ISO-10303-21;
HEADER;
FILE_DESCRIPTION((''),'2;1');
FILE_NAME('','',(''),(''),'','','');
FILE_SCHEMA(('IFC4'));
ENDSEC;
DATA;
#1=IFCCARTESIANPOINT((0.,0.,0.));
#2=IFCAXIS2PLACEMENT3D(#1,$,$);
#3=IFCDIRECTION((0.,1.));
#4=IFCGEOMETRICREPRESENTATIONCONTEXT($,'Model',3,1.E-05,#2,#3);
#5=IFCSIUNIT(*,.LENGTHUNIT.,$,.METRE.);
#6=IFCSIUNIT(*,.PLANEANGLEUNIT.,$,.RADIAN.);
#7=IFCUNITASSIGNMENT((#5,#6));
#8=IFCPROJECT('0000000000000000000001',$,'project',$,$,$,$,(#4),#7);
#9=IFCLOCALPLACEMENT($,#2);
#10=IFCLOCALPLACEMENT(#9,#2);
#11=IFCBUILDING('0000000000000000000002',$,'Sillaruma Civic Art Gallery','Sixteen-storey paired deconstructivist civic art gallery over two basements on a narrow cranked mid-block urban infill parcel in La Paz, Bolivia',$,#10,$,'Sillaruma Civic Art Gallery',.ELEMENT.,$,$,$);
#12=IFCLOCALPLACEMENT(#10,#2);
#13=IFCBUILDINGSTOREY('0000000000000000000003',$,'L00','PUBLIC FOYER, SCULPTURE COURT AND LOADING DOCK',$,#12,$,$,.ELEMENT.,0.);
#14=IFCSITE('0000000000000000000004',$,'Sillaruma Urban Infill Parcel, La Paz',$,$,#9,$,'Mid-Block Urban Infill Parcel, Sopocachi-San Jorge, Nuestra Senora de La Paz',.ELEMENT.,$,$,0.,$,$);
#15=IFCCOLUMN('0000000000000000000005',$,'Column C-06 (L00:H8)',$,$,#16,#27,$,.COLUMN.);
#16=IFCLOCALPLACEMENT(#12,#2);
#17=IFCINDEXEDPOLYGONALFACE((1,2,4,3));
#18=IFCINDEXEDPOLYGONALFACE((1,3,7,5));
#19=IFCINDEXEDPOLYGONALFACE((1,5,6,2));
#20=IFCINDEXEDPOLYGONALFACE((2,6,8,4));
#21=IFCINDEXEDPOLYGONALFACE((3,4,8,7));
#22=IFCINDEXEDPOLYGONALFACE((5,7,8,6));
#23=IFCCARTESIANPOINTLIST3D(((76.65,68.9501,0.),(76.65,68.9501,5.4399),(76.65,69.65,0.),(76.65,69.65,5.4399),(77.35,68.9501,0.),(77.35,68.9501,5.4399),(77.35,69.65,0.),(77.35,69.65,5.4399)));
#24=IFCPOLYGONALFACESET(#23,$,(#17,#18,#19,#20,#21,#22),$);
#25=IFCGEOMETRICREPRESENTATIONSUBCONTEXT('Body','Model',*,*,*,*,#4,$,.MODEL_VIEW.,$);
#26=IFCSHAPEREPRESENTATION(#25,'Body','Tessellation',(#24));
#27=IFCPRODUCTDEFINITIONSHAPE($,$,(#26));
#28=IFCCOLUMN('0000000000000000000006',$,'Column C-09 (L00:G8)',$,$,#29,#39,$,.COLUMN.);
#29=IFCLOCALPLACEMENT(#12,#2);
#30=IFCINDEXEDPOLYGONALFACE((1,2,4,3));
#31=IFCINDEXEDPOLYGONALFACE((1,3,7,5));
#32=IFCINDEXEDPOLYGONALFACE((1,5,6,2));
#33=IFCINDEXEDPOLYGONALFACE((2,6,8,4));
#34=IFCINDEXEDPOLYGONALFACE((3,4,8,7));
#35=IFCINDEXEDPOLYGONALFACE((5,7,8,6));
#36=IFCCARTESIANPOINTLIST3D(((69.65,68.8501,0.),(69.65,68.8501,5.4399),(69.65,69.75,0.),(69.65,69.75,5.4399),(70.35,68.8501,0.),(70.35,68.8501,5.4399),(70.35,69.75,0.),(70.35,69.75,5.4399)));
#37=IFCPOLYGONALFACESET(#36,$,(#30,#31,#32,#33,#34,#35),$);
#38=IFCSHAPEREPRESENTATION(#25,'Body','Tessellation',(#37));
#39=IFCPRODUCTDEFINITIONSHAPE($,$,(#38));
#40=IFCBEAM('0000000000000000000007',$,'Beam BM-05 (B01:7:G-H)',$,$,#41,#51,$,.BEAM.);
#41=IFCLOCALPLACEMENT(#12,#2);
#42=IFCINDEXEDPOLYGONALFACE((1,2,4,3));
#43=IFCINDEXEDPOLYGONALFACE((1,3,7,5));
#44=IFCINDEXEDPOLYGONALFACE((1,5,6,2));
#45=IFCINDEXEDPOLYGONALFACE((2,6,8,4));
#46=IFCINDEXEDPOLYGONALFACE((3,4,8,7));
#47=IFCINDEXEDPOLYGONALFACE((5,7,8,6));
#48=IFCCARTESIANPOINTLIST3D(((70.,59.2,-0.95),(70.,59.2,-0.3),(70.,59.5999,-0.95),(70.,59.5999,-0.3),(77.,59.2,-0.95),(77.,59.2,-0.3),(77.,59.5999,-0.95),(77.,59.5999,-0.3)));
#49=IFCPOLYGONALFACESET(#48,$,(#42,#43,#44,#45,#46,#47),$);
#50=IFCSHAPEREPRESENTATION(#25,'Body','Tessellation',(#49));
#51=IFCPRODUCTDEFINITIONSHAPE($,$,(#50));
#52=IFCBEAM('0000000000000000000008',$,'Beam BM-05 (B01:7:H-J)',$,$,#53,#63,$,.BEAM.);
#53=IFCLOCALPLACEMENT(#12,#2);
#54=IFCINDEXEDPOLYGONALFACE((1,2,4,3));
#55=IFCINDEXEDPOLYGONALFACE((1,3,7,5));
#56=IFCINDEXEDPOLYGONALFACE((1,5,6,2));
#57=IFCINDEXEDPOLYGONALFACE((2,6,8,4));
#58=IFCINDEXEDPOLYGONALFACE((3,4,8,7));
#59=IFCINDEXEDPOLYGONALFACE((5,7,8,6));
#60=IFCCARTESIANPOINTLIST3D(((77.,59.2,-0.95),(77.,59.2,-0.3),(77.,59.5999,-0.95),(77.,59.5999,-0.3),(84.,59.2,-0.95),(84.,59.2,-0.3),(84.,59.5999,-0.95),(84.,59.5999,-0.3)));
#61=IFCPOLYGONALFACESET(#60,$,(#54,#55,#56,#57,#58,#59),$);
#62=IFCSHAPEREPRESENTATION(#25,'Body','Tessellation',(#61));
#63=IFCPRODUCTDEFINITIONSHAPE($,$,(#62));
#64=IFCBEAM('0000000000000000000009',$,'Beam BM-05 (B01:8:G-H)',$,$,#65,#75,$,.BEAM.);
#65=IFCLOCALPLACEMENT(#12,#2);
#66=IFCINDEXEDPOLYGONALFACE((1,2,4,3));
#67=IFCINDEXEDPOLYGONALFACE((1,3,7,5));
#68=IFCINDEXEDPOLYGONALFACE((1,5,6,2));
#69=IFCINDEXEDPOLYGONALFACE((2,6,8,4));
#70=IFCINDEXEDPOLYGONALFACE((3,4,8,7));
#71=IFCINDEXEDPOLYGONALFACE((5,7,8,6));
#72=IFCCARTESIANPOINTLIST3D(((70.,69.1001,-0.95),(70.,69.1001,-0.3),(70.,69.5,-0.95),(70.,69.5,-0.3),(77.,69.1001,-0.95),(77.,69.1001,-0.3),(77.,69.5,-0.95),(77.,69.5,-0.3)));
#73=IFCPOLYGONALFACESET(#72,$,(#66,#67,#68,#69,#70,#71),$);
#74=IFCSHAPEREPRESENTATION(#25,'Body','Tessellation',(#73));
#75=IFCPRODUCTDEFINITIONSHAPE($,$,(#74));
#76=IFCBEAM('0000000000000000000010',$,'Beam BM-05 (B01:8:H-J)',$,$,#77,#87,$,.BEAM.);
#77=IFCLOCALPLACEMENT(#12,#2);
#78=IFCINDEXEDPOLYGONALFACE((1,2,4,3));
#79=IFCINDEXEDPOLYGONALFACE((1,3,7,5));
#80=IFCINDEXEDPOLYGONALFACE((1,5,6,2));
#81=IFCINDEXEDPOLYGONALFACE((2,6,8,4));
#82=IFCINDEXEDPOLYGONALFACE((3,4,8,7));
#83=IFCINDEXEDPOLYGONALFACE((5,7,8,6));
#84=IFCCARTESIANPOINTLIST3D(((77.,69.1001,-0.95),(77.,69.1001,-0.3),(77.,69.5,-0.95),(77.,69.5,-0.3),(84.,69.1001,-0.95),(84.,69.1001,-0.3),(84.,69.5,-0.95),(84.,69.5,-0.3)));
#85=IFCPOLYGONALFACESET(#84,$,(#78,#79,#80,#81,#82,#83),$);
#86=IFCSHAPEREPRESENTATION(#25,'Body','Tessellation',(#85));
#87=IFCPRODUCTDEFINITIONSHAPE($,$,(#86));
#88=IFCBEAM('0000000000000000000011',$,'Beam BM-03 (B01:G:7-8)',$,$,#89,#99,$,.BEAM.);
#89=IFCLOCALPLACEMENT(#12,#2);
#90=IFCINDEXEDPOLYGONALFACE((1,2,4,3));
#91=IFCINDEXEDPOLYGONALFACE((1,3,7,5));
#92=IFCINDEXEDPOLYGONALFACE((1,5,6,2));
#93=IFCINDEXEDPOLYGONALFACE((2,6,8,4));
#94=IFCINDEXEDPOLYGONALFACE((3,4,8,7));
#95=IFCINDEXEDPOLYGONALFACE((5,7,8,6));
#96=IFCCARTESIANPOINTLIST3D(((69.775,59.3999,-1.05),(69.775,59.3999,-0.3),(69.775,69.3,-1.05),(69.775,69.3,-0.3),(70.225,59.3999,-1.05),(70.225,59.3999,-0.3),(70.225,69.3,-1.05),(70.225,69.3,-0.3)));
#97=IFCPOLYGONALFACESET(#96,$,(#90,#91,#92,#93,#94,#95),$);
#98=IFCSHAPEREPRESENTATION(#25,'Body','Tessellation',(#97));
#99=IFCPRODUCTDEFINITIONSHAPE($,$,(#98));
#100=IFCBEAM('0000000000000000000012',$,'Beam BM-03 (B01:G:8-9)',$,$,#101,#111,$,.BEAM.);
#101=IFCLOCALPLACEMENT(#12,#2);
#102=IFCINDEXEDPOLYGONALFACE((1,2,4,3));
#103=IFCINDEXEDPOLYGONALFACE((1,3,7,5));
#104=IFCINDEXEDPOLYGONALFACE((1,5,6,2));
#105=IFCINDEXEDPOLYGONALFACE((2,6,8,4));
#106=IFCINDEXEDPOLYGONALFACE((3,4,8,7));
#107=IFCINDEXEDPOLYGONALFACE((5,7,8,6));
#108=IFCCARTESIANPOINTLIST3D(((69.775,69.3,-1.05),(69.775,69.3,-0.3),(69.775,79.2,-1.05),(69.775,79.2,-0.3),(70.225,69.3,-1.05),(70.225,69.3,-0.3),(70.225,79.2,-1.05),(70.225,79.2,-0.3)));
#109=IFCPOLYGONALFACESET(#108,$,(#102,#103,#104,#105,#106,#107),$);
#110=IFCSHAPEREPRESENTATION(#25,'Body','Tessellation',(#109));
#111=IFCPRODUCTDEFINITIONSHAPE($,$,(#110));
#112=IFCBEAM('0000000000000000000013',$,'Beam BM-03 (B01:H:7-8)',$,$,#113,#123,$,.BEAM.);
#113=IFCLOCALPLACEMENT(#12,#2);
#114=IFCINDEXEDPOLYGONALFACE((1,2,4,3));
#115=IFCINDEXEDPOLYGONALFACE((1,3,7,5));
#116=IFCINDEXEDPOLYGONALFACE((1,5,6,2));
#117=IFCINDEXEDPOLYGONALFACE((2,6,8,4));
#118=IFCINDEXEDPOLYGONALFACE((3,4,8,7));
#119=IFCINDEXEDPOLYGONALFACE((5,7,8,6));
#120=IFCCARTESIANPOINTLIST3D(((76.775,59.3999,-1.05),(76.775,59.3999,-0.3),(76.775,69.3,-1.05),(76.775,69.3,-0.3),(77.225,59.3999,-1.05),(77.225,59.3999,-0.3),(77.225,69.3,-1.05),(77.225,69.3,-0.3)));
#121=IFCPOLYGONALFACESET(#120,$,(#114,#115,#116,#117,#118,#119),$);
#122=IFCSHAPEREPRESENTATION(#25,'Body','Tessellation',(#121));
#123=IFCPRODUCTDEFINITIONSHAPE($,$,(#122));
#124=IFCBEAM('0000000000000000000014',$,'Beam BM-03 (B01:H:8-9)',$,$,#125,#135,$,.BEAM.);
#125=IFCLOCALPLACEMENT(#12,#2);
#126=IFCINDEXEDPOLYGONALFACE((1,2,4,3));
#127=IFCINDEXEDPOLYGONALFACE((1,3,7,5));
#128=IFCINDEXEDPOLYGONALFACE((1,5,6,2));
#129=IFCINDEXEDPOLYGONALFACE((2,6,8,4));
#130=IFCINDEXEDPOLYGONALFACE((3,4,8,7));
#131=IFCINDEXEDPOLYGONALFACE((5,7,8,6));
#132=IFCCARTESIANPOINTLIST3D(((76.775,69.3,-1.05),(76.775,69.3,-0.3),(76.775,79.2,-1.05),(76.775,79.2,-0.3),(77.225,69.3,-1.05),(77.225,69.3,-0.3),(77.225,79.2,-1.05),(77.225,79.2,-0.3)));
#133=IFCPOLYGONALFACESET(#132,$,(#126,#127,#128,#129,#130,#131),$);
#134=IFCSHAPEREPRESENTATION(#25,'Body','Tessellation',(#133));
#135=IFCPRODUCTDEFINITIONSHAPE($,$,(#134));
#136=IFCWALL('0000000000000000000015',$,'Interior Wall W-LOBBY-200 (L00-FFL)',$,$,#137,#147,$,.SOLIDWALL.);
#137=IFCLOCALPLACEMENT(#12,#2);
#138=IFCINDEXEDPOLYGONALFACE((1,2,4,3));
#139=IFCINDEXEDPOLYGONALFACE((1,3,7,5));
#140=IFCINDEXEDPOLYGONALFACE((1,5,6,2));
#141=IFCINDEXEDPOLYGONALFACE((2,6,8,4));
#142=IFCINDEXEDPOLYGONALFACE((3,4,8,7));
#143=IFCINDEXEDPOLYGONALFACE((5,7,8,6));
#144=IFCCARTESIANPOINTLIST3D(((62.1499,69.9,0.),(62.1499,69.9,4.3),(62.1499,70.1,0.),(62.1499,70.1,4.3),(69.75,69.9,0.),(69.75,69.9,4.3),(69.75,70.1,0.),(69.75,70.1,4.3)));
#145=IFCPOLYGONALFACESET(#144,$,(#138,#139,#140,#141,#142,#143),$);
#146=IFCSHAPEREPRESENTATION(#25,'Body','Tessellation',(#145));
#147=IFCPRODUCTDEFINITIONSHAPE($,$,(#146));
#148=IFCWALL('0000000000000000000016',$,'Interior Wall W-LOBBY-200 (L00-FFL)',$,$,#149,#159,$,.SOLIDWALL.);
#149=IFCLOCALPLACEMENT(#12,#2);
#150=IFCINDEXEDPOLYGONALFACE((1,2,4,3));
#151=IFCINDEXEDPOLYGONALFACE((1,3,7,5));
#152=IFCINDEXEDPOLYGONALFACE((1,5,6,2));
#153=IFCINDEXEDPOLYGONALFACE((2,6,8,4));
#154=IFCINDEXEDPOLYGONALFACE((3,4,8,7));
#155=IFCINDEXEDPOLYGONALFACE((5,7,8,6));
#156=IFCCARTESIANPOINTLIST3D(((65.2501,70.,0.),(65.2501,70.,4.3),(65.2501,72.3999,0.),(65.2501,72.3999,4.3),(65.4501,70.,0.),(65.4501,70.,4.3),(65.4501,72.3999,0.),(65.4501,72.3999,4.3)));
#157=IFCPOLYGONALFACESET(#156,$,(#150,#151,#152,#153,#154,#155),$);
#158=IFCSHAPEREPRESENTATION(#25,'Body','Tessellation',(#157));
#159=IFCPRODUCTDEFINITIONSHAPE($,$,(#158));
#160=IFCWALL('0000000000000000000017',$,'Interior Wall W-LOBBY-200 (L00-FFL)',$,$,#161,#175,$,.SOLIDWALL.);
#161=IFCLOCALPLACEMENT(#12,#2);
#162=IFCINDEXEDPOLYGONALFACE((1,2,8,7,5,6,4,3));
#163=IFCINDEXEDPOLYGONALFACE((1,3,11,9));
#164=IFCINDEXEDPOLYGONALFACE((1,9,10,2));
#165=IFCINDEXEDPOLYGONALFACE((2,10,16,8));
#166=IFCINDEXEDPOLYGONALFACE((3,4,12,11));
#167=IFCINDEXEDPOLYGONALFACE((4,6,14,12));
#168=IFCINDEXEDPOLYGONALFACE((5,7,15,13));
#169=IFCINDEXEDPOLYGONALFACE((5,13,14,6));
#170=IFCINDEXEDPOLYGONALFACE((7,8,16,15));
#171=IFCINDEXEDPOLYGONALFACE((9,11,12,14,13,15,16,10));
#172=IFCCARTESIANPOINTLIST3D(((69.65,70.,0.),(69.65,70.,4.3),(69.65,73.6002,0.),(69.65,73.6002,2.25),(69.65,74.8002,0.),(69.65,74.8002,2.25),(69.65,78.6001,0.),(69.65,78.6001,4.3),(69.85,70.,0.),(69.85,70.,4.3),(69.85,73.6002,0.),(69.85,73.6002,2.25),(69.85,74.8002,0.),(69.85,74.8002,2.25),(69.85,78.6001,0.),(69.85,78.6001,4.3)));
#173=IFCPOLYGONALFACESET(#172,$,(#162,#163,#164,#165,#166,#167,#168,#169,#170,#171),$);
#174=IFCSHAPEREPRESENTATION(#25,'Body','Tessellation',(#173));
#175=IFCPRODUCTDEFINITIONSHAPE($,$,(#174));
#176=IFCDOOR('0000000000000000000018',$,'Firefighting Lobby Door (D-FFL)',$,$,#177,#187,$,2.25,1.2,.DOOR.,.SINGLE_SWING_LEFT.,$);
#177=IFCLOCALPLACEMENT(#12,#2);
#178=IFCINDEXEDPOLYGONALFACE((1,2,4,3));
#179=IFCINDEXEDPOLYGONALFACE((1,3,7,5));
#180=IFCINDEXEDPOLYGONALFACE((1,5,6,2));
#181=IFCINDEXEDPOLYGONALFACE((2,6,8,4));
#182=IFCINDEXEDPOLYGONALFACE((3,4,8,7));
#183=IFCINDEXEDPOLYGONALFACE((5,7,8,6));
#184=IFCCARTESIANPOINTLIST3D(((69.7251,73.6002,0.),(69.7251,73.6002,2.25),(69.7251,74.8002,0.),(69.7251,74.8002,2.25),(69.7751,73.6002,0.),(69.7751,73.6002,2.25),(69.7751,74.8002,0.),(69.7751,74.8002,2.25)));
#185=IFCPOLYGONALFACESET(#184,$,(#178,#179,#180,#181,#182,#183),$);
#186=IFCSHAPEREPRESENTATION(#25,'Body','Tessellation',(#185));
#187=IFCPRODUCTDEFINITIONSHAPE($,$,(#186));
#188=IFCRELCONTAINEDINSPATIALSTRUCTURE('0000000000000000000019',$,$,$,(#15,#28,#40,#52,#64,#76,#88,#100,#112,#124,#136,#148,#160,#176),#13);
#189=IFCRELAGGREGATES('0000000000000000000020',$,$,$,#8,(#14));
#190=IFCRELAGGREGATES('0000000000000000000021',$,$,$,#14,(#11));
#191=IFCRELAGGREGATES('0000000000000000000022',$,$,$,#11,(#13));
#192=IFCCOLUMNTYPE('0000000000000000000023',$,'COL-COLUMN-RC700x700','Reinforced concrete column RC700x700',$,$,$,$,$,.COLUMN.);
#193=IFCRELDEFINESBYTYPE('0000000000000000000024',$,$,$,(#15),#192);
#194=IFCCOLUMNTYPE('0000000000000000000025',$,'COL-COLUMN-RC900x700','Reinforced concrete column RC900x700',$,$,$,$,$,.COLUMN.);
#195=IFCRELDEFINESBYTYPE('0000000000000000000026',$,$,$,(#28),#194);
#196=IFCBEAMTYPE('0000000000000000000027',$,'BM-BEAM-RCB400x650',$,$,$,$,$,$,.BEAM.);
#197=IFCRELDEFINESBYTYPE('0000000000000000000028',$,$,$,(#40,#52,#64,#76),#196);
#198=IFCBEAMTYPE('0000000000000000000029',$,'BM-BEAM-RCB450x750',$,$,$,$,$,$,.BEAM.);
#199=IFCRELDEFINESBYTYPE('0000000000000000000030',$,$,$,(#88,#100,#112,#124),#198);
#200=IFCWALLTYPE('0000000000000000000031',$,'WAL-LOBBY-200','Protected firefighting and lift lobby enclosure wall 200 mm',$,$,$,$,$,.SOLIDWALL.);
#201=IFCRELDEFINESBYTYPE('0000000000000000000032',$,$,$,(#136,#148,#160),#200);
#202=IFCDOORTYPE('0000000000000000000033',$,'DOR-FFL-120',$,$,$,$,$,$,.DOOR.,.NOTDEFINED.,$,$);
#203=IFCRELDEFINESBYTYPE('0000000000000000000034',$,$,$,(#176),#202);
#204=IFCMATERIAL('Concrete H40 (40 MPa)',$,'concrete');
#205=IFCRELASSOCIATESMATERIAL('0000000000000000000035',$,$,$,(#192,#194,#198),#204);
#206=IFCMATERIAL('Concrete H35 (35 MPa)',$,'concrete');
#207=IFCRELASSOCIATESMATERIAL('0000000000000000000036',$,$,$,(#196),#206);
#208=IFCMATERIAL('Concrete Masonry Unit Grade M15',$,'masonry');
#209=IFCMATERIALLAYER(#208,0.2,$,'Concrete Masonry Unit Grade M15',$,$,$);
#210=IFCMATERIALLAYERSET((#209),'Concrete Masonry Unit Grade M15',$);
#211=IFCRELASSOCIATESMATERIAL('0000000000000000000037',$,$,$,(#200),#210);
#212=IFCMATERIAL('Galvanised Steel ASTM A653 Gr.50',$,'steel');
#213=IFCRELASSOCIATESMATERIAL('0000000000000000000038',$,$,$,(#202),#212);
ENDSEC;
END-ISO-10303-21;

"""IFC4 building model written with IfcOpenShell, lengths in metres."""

from ifc_helpers import new_model, si_unit, direction, frame, frame_2d, origin, origin_2d, place, context, subcontext, project, spatial, rectangle, extrude, material, layer, layer_set, material_profile, profile_set, type_object, element, fill, save


model = new_model("IFC4")

# Units and contexts
model_context = context("Model", 3, precision=1e-05, world=origin(), true_north=direction((0.0, 1.0)))
body_context = subcontext(model_context, "Body", "Model", "MODEL_VIEW")
ifc_project = project(units=[si_unit("LENGTHUNIT", "METRE"), si_unit("PLANEANGLEUNIT", "RADIAN")], contexts=[model_context])

# Site, building, storey
site_placement = place(None, origin())
site = spatial("IfcSite", under=ifc_project, at=site_placement, Name="Sillaruma Urban Infill Parcel, La Paz", LongName="Mid-Block Urban Infill Parcel, Sopocachi-San Jorge, Nuestra Senora de La Paz", CompositionType="ELEMENT", RefElevation=0.0)
building_placement = place(site_placement, origin())
building = spatial("IfcBuilding", under=site, at=building_placement, Name="Sillaruma Civic Art Gallery", Description="Sixteen-storey paired deconstructivist civic art gallery over two basements on a narrow cranked mid-block urban infill parcel in La Paz, Bolivia", LongName="Sillaruma Civic Art Gallery", CompositionType="ELEMENT")
storey_placement = place(building_placement, origin())
storey = spatial("IfcBuildingStorey", under=building, at=storey_placement, Name="L00", Description="PUBLIC FOYER, SCULPTURE COURT AND LOADING DOCK", CompositionType="ELEMENT", Elevation=0.0)

# Columns
ifc_material_1 = material(Name="Concrete H40 (40 MPa)", Category="concrete")
ifc_material_profile_1 = material_profile(ifc_material_1, rectangle(XDim=0.7, YDim=0.7, at=origin_2d()), Name="RC700x700")
ifc_profile_set_1 = profile_set([ifc_material_profile_1], Name="Concrete H40 (40 MPa)")
column_type_1 = type_object("IfcColumnType", Name="COL-COLUMN-RC700x700", Description="Reinforced concrete column RC700x700", PredefinedType="COLUMN", material=ifc_profile_set_1)
column_1_placement = place(storey_placement, frame((77.0, 69.3, 0.0), z_axis=(0.0, 0.0, 1.0), x_axis=(1.0, 0.0, 0.0)))
element("IfcColumn", 1, at=column_1_placement, inside=storey, type_object=column_type_1, Name="Column C-06 (L00:H8)", PredefinedType="COLUMN", context=body_context, shape_type="SweptSolid", body=[
    extrude(rectangle(XDim=0.7, YDim=0.7, at=origin_2d()), origin(), (0.0, 0.0, 1.0), 5.4399),
])
ifc_material_profile_2 = material_profile(ifc_material_1, rectangle(XDim=0.7, YDim=0.8999, at=origin_2d()), Name="RC900x700")
ifc_profile_set_2 = profile_set([ifc_material_profile_2], Name="Concrete H40 (40 MPa)")
column_type_2 = type_object("IfcColumnType", Name="COL-COLUMN-RC900x700", Description="Reinforced concrete column RC900x700", PredefinedType="COLUMN", material=ifc_profile_set_2)
column_2_placement = place(storey_placement, frame((70.0, 69.3, 0.0), z_axis=(0.0, 0.0, 1.0), x_axis=(1.0, 0.0, 0.0)))
element("IfcColumn", 2, at=column_2_placement, inside=storey, type_object=column_type_2, Name="Column C-09 (L00:G8)", PredefinedType="COLUMN", context=body_context, shape_type="SweptSolid", body=[
    extrude(rectangle(XDim=0.7, YDim=0.8999, at=origin_2d()), origin(), (0.0, 0.0, 1.0), 5.4399),
])

# Beams
ifc_material_2 = material(Name="Concrete H35 (35 MPa)", Category="concrete")
ifc_material_profile_3 = material_profile(ifc_material_2, rectangle(XDim=0.3999, YDim=0.6499, at=origin_2d()), Name="RCB400x650")
ifc_profile_set_3 = profile_set([ifc_material_profile_3], Name="Concrete H35 (35 MPa)")
beam_type_1 = type_object("IfcBeamType", Name="BM-BEAM-RCB400x650", PredefinedType="BEAM", material=ifc_profile_set_3)
for number, where, z_axis, x_axis, name in (
    (3, (70.0, 59.3999, -0.625), (1.0, 0.0, 0.0), (0.0, 1.0, 0.0), "Beam BM-05 (B01:7:G-H)"),
    (4, (77.0, 59.3999, -0.625), (1.0, 0.0, 0.0), (0.0, 1.0, 0.0), "Beam BM-05 (B01:7:H-J)"),
    (5, (70.0, 69.3, -0.625), (1.0, 0.0, 0.0), (0.0, 1.0, 0.0), "Beam BM-05 (B01:8:G-H)"),
    (6, (77.0, 69.3, -0.625), (1.0, 0.0, 0.0), (0.0, 1.0, 0.0), "Beam BM-05 (B01:8:H-J)"),
):
    element("IfcBeam", number, at=place(storey_placement, frame(where, z_axis=z_axis, x_axis=x_axis)), inside=storey, type_object=beam_type_1, Name=name, PredefinedType="BEAM", context=body_context, shape_type="SweptSolid", body=[
        extrude(rectangle(XDim=0.3999, YDim=0.6499, at=origin_2d()), origin(), (0.0, 0.0, 1.0), 7.0),
    ])
ifc_material_profile_4 = material_profile(ifc_material_1, rectangle(XDim=0.45, YDim=0.75, at=origin_2d()), Name="RCB450x750")
ifc_profile_set_4 = profile_set([ifc_material_profile_4], Name="Concrete H40 (40 MPa)")
beam_type_2 = type_object("IfcBeamType", Name="BM-BEAM-RCB450x750", PredefinedType="BEAM", material=ifc_profile_set_4)
beam_1_placement = place(storey_placement, frame((70.0, 59.3999, -0.675), z_axis=(0.0, 1.0, 0.0), x_axis=(-1.0, 0.0, 0.0)))
element("IfcBeam", 7, at=beam_1_placement, inside=storey, type_object=beam_type_2, Name="Beam BM-03 (B01:G:7-8)", PredefinedType="BEAM", context=body_context, shape_type="SweptSolid", body=[
    extrude(rectangle(XDim=0.45, YDim=0.75, at=origin_2d()), origin(), (0.0, 0.0, 1.0), 9.9001),
])
beam_2_placement = place(storey_placement, frame((70.0, 69.3, -0.675), z_axis=(0.0, 1.0, 0.0), x_axis=(-1.0, 0.0, 0.0)))
element("IfcBeam", 8, at=beam_2_placement, inside=storey, type_object=beam_type_2, Name="Beam BM-03 (B01:G:8-9)", PredefinedType="BEAM", context=body_context, shape_type="SweptSolid", body=[
    extrude(rectangle(XDim=0.45, YDim=0.75, at=origin_2d()), origin(), (0.0, 0.0, 1.0), 9.8999),
])
beam_3_placement = place(storey_placement, frame((77.0, 59.3999, -0.675), z_axis=(0.0, 1.0, 0.0), x_axis=(-1.0, 0.0, 0.0)))
element("IfcBeam", 9, at=beam_3_placement, inside=storey, type_object=beam_type_2, Name="Beam BM-03 (B01:H:7-8)", PredefinedType="BEAM", context=body_context, shape_type="SweptSolid", body=[
    extrude(rectangle(XDim=0.45, YDim=0.75, at=origin_2d()), origin(), (0.0, 0.0, 1.0), 9.9001),
])
beam_4_placement = place(storey_placement, frame((77.0, 69.3, -0.675), z_axis=(0.0, 1.0, 0.0), x_axis=(-1.0, 0.0, 0.0)))
element("IfcBeam", 10, at=beam_4_placement, inside=storey, type_object=beam_type_2, Name="Beam BM-03 (B01:H:8-9)", PredefinedType="BEAM", context=body_context, shape_type="SweptSolid", body=[
    extrude(rectangle(XDim=0.45, YDim=0.75, at=origin_2d()), origin(), (0.0, 0.0, 1.0), 9.8999),
])

# Walls
ifc_material_3 = material(Name="Concrete Masonry Unit Grade M15", Category="masonry")
ifc_layer_1 = layer(ifc_material_3, 0.2, Name="Concrete Masonry Unit Grade M15")
ifc_layer_set_1 = layer_set([ifc_layer_1], Name="Concrete Masonry Unit Grade M15")
wall_type_1 = type_object("IfcWallType", Name="WAL-LOBBY-200", Description="Protected firefighting and lift lobby enclosure wall 200 mm", PredefinedType="SOLIDWALL", material=ifc_layer_set_1)
wall_1_placement = place(storey_placement, frame((62.1499, 70.0, 0.0), z_axis=(0.0, 0.0, 1.0), x_axis=(1.0, 0.0, 0.0)))
element("IfcWall", 11, at=wall_1_placement, inside=storey, type_object=wall_type_1, Name="Interior Wall W-LOBBY-200 (L00-FFL)", PredefinedType="SOLIDWALL", context=body_context, shape_type="SweptSolid", body=[
    extrude(rectangle(XDim=7.6001, YDim=0.2, at=frame_2d((3.8, 0.0))), origin(), (0.0, 0.0, 1.0), 4.3),
])
wall_2_placement = place(storey_placement, frame((65.3501, 70.0, 0.0), z_axis=(0.0, 0.0, 1.0), x_axis=(0.0, 1.0, 0.0)))
element("IfcWall", 12, at=wall_2_placement, inside=storey, type_object=wall_type_1, Name="Interior Wall W-LOBBY-200 (L00-FFL)", PredefinedType="SOLIDWALL", context=body_context, shape_type="SweptSolid", body=[
    extrude(rectangle(XDim=2.3999, YDim=0.2, at=frame_2d((1.2, 0.0))), origin(), (0.0, 0.0, 1.0), 4.3),
])

# Wall, opening, door
wall_3_placement = place(storey_placement, frame((69.75, 70.0, 0.0), z_axis=(0.0, 0.0, 1.0), x_axis=(0.0, 1.0, 0.0)))
wall_3 = element("IfcWall", 13, at=wall_3_placement, inside=storey, type_object=wall_type_1, Name="Interior Wall W-LOBBY-200 (L00-FFL)", PredefinedType="SOLIDWALL", context=body_context, shape_type="SweptSolid", body=[
    extrude(rectangle(XDim=8.6001, YDim=0.2, at=frame_2d((4.3, 0.0))), origin(), (0.0, 0.0, 1.0), 4.3),
])
opening_1_placement = place(wall_3_placement, frame((3.6001, 0.0, 0.0)))
opening_1 = element("IfcOpeningElement", 14, at=opening_1_placement, cuts=wall_3, PredefinedType="OPENING", context=body_context, shape_type="SweptSolid", body=[
    extrude(rectangle(XDim=1.2, YDim=2.25, at=frame_2d((0.6001, 1.125))), frame((0.0, 0.1099, 0.0), z_axis=(0.0, -1.0, 0.0), x_axis=(1.0, 0.0, 0.0)), (0.0, 0.0, 1.0), 0.22),
])
ifc_material_4 = material(Name="Galvanised Steel ASTM A653 Gr.50", Category="steel")
door_type_1 = type_object("IfcDoorType", Name="DOR-FFL-120", OperationType="NOTDEFINED", PredefinedType="DOOR", material=ifc_material_4)
door_1_placement = place(opening_1_placement, origin())
door_1 = element("IfcDoor", 15, at=door_1_placement, inside=storey, type_object=door_type_1, Name="Firefighting Lobby Door (D-FFL)", OperationType="SINGLE_SWING_LEFT", OverallHeight=2.25, OverallWidth=1.2, PredefinedType="DOOR", context=body_context, shape_type="SweptSolid", body=[
    extrude(rectangle(XDim=1.2, YDim=2.25, at=frame_2d((0.6001, 1.125))), frame((0.0, 0.0249, 0.0), z_axis=(0.0, -1.0, 0.0), x_axis=(1.0, 0.0, 0.0)), (0.0, 0.0, 1.0), 0.05),
])
fill(opening_1, door_1)

save(model, "model.ifc")
